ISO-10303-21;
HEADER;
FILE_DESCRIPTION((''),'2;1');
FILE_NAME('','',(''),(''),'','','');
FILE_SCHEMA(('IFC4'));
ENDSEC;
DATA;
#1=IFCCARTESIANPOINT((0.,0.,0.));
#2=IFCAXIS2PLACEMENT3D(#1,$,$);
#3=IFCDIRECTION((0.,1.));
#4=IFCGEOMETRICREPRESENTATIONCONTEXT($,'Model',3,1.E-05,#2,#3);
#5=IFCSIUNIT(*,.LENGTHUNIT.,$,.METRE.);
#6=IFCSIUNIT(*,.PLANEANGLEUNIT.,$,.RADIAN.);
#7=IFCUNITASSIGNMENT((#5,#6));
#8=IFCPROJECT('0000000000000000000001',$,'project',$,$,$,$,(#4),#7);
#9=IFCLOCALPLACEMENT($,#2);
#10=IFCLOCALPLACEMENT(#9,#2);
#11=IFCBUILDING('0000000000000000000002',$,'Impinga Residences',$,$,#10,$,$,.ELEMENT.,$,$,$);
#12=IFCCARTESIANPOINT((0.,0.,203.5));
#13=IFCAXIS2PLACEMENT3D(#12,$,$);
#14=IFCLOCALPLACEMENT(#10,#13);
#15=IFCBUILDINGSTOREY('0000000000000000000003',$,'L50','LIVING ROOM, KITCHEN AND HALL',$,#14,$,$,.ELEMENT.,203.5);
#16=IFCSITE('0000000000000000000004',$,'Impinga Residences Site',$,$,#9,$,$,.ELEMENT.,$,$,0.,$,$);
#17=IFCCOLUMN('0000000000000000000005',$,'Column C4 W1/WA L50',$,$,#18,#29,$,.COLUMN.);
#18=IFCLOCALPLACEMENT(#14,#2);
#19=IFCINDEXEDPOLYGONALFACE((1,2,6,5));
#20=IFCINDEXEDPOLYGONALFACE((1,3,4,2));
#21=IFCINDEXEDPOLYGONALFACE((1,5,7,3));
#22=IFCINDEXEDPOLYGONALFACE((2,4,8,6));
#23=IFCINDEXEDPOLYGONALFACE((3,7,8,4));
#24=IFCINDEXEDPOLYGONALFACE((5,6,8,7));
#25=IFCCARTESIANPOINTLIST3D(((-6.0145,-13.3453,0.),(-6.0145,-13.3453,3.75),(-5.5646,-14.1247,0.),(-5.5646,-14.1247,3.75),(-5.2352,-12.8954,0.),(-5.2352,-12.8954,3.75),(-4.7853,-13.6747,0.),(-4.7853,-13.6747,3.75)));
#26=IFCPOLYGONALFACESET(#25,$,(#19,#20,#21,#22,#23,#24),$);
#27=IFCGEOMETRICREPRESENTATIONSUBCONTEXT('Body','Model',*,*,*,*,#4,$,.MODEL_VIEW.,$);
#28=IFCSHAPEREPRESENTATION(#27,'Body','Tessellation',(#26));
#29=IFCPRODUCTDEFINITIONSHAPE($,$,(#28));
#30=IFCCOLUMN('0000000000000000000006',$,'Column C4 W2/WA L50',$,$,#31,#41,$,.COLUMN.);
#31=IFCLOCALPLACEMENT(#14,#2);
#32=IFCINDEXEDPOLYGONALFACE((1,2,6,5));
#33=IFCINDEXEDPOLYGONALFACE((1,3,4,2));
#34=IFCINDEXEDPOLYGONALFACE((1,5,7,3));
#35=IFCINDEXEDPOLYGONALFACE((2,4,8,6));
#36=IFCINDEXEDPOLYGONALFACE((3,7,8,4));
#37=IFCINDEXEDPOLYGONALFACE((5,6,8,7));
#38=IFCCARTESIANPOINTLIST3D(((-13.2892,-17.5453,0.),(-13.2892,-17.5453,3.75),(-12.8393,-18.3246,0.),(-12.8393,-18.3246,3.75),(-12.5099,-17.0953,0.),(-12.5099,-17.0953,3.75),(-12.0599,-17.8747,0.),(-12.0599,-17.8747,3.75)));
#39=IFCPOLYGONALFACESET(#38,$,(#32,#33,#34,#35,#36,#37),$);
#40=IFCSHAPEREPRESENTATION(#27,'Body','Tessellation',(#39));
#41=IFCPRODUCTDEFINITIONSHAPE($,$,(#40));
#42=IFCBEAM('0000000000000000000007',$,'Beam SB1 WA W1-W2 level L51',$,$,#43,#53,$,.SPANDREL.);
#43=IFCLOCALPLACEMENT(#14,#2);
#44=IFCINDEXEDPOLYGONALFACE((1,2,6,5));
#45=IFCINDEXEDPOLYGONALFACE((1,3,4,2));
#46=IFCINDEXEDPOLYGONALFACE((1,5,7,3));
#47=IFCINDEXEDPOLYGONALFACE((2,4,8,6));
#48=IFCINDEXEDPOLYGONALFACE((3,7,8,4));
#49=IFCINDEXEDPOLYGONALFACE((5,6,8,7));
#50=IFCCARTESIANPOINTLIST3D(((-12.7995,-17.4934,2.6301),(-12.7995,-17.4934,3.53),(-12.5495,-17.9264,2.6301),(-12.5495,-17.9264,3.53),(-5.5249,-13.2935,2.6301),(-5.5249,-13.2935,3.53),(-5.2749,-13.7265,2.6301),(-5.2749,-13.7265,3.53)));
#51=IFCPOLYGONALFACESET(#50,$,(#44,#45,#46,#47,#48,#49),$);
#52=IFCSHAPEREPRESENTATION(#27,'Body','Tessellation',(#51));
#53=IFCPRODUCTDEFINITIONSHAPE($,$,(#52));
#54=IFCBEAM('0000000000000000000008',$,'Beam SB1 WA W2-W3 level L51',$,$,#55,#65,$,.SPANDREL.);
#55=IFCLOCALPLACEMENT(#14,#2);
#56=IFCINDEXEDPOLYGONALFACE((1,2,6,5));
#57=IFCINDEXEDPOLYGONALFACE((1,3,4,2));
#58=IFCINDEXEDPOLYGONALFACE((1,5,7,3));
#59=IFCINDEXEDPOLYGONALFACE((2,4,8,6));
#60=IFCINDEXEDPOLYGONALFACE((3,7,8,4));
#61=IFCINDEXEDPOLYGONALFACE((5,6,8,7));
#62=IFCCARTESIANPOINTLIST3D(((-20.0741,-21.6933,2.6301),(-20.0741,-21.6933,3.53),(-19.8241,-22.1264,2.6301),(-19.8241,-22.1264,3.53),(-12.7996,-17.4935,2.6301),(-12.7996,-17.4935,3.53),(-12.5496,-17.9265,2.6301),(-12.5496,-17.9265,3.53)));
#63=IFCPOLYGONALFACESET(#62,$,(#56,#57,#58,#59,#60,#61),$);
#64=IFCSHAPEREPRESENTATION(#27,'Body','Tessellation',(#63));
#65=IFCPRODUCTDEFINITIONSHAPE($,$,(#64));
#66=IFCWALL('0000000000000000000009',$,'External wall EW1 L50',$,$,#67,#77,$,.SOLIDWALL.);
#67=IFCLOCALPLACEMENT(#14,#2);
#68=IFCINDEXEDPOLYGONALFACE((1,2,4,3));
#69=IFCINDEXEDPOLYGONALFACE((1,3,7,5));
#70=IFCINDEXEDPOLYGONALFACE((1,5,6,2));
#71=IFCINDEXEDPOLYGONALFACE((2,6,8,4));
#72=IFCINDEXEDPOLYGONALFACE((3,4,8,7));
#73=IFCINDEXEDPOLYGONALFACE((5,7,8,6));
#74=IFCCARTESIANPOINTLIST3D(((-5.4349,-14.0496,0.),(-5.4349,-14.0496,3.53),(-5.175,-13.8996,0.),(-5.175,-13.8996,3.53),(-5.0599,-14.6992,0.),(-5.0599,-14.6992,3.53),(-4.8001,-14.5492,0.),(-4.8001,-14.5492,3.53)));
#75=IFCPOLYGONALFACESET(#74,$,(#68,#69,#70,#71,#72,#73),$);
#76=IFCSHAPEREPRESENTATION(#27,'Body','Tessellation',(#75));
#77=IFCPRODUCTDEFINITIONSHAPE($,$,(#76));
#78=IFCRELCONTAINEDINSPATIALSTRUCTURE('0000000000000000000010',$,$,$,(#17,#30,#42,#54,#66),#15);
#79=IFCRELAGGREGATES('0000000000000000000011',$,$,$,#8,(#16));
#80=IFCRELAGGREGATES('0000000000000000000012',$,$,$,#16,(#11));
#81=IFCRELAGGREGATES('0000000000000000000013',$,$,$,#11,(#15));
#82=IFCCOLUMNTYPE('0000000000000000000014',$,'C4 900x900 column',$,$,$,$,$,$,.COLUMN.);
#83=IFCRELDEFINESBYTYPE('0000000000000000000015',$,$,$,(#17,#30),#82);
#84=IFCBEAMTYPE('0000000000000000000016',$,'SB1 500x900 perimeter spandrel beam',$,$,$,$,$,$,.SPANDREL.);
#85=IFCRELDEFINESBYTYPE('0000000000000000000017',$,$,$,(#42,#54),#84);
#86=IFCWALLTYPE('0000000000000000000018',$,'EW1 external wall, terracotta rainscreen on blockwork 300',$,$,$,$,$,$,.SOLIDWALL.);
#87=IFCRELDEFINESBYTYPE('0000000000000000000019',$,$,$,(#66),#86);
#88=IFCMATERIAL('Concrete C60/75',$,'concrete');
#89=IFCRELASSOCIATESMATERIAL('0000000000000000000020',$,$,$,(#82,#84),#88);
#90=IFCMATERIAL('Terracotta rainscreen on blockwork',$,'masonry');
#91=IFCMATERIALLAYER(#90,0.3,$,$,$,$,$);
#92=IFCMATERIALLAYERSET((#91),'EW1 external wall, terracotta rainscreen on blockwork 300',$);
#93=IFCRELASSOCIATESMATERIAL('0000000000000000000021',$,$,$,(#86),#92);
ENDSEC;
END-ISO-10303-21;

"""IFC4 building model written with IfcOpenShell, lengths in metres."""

from ifc_helpers import new_model, si_unit, direction, frame, frame_2d, origin, origin_2d, place, context, subcontext, project, spatial, rectangle, extrude, material, layer, layer_set, material_profile, profile_set, type_object, element, save


model = new_model("IFC4")

# Units and contexts
model_context = context("Model", 3, precision=1e-05, world=origin(), true_north=direction((0.0, 1.0)))
body_context = subcontext(model_context, "Body", "Model", "MODEL_VIEW")
ifc_project = project(units=[si_unit("LENGTHUNIT", "METRE"), si_unit("PLANEANGLEUNIT", "RADIAN")], contexts=[model_context])

# Site, building, storey
site_placement = place(None, origin())
site = spatial("IfcSite", under=ifc_project, at=site_placement, Name="Impinga Residences Site", CompositionType="ELEMENT", RefElevation=0.0)
building_placement = place(site_placement, origin())
building = spatial("IfcBuilding", under=site, at=building_placement, Name="Impinga Residences", CompositionType="ELEMENT")
storey_placement = place(building_placement, frame((0.0, 0.0, 203.5)))
storey = spatial("IfcBuildingStorey", under=building, at=storey_placement, Name="L50", Description="LIVING ROOM, KITCHEN AND HALL", CompositionType="ELEMENT", Elevation=203.5)

# Columns
ifc_material_1 = material(Name="Concrete C60/75", Category="concrete")
ifc_material_profile_1 = material_profile(ifc_material_1, rectangle(XDim=0.8999, YDim=0.8999, at=origin_2d()), Name="RC 900x900")
ifc_profile_set_1 = profile_set([ifc_material_profile_1], Name="Concrete C60/75")
column_type = type_object("IfcColumnType", Name="C4 900x900 column", PredefinedType="COLUMN", material=ifc_profile_set_1)
for number, where, z_axis, x_axis, name in (
    (1, (-5.3999, -13.51, 0.0), (0.0, 0.0, 1.0), (-0.5, 0.866025, 0.0), "Column C4 W1/WA L50"),
    (2, (-12.6746, -17.71, 0.0), (0.0, 0.0, 1.0), (-0.5, 0.866025, 0.0), "Column C4 W2/WA L50"),
):
    element("IfcColumn", number, at=place(storey_placement, frame(where, z_axis=z_axis, x_axis=x_axis)), inside=storey, type_object=column_type, Name=name, PredefinedType="COLUMN", context=body_context, shape_type="SweptSolid", body=[
        extrude(rectangle(XDim=0.8999, YDim=0.8999, at=origin_2d()), origin(), (0.0, 0.0, 1.0), 3.75),
    ])

# Beams
ifc_material_profile_2 = material_profile(ifc_material_1, rectangle(XDim=0.5, YDim=0.8999, at=origin_2d()), Name="RC 500x900")
ifc_profile_set_2 = profile_set([ifc_material_profile_2], Name="Concrete C60/75")
beam_type = type_object("IfcBeamType", Name="SB1 500x900 perimeter spandrel beam", PredefinedType="SPANDREL", material=ifc_profile_set_2)
for number, where, z_axis, x_axis, name in (
    (3, (-5.3999, -13.51, 3.0801), (-0.866029, -0.499993, 0.0), (0.499993, -0.866029, 0.0), "Beam SB1 WA W1-W2 level L51"),
    (4, (-12.6746, -17.71, 3.0801), (-0.866029, -0.499993, 0.0), (0.499993, -0.866029, 0.0), "Beam SB1 WA W2-W3 level L51"),
):
    element("IfcBeam", number, at=place(storey_placement, frame(where, z_axis=z_axis, x_axis=x_axis)), inside=storey, type_object=beam_type, Name=name, PredefinedType="SPANDREL", context=body_context, shape_type="SweptSolid", body=[
        extrude(rectangle(XDim=0.5, YDim=0.8999, at=origin_2d()), origin(), (0.0, 0.0, 1.0), 8.3999),
    ])

# Wall
ifc_material_2 = material(Name="Terracotta rainscreen on blockwork", Category="masonry")
ifc_layer_1 = layer(ifc_material_2, 0.3)
ifc_layer_set_1 = layer_set([ifc_layer_1], Name="EW1 external wall, terracotta rainscreen on blockwork 300")
wall_type_1 = type_object("IfcWallType", Name="EW1 external wall, terracotta rainscreen on blockwork 300", PredefinedType="SOLIDWALL", material=ifc_layer_set_1)
wall_1_placement = place(storey_placement, frame((-5.3049, -13.9746, 0.0), z_axis=(0.0, 0.0, 1.0), x_axis=(0.49992, -0.866072, 0.0)))
element("IfcWall", 5, at=wall_1_placement, inside=storey, type_object=wall_type_1, Name="External wall EW1 L50", PredefinedType="SOLIDWALL", context=body_context, shape_type="SweptSolid", body=[
    extrude(rectangle(XDim=0.75, YDim=0.3, at=frame_2d((0.375, 0.0))), origin(), (0.0, 0.0, 1.0), 3.53),
])

save(model, "model.ifc")
